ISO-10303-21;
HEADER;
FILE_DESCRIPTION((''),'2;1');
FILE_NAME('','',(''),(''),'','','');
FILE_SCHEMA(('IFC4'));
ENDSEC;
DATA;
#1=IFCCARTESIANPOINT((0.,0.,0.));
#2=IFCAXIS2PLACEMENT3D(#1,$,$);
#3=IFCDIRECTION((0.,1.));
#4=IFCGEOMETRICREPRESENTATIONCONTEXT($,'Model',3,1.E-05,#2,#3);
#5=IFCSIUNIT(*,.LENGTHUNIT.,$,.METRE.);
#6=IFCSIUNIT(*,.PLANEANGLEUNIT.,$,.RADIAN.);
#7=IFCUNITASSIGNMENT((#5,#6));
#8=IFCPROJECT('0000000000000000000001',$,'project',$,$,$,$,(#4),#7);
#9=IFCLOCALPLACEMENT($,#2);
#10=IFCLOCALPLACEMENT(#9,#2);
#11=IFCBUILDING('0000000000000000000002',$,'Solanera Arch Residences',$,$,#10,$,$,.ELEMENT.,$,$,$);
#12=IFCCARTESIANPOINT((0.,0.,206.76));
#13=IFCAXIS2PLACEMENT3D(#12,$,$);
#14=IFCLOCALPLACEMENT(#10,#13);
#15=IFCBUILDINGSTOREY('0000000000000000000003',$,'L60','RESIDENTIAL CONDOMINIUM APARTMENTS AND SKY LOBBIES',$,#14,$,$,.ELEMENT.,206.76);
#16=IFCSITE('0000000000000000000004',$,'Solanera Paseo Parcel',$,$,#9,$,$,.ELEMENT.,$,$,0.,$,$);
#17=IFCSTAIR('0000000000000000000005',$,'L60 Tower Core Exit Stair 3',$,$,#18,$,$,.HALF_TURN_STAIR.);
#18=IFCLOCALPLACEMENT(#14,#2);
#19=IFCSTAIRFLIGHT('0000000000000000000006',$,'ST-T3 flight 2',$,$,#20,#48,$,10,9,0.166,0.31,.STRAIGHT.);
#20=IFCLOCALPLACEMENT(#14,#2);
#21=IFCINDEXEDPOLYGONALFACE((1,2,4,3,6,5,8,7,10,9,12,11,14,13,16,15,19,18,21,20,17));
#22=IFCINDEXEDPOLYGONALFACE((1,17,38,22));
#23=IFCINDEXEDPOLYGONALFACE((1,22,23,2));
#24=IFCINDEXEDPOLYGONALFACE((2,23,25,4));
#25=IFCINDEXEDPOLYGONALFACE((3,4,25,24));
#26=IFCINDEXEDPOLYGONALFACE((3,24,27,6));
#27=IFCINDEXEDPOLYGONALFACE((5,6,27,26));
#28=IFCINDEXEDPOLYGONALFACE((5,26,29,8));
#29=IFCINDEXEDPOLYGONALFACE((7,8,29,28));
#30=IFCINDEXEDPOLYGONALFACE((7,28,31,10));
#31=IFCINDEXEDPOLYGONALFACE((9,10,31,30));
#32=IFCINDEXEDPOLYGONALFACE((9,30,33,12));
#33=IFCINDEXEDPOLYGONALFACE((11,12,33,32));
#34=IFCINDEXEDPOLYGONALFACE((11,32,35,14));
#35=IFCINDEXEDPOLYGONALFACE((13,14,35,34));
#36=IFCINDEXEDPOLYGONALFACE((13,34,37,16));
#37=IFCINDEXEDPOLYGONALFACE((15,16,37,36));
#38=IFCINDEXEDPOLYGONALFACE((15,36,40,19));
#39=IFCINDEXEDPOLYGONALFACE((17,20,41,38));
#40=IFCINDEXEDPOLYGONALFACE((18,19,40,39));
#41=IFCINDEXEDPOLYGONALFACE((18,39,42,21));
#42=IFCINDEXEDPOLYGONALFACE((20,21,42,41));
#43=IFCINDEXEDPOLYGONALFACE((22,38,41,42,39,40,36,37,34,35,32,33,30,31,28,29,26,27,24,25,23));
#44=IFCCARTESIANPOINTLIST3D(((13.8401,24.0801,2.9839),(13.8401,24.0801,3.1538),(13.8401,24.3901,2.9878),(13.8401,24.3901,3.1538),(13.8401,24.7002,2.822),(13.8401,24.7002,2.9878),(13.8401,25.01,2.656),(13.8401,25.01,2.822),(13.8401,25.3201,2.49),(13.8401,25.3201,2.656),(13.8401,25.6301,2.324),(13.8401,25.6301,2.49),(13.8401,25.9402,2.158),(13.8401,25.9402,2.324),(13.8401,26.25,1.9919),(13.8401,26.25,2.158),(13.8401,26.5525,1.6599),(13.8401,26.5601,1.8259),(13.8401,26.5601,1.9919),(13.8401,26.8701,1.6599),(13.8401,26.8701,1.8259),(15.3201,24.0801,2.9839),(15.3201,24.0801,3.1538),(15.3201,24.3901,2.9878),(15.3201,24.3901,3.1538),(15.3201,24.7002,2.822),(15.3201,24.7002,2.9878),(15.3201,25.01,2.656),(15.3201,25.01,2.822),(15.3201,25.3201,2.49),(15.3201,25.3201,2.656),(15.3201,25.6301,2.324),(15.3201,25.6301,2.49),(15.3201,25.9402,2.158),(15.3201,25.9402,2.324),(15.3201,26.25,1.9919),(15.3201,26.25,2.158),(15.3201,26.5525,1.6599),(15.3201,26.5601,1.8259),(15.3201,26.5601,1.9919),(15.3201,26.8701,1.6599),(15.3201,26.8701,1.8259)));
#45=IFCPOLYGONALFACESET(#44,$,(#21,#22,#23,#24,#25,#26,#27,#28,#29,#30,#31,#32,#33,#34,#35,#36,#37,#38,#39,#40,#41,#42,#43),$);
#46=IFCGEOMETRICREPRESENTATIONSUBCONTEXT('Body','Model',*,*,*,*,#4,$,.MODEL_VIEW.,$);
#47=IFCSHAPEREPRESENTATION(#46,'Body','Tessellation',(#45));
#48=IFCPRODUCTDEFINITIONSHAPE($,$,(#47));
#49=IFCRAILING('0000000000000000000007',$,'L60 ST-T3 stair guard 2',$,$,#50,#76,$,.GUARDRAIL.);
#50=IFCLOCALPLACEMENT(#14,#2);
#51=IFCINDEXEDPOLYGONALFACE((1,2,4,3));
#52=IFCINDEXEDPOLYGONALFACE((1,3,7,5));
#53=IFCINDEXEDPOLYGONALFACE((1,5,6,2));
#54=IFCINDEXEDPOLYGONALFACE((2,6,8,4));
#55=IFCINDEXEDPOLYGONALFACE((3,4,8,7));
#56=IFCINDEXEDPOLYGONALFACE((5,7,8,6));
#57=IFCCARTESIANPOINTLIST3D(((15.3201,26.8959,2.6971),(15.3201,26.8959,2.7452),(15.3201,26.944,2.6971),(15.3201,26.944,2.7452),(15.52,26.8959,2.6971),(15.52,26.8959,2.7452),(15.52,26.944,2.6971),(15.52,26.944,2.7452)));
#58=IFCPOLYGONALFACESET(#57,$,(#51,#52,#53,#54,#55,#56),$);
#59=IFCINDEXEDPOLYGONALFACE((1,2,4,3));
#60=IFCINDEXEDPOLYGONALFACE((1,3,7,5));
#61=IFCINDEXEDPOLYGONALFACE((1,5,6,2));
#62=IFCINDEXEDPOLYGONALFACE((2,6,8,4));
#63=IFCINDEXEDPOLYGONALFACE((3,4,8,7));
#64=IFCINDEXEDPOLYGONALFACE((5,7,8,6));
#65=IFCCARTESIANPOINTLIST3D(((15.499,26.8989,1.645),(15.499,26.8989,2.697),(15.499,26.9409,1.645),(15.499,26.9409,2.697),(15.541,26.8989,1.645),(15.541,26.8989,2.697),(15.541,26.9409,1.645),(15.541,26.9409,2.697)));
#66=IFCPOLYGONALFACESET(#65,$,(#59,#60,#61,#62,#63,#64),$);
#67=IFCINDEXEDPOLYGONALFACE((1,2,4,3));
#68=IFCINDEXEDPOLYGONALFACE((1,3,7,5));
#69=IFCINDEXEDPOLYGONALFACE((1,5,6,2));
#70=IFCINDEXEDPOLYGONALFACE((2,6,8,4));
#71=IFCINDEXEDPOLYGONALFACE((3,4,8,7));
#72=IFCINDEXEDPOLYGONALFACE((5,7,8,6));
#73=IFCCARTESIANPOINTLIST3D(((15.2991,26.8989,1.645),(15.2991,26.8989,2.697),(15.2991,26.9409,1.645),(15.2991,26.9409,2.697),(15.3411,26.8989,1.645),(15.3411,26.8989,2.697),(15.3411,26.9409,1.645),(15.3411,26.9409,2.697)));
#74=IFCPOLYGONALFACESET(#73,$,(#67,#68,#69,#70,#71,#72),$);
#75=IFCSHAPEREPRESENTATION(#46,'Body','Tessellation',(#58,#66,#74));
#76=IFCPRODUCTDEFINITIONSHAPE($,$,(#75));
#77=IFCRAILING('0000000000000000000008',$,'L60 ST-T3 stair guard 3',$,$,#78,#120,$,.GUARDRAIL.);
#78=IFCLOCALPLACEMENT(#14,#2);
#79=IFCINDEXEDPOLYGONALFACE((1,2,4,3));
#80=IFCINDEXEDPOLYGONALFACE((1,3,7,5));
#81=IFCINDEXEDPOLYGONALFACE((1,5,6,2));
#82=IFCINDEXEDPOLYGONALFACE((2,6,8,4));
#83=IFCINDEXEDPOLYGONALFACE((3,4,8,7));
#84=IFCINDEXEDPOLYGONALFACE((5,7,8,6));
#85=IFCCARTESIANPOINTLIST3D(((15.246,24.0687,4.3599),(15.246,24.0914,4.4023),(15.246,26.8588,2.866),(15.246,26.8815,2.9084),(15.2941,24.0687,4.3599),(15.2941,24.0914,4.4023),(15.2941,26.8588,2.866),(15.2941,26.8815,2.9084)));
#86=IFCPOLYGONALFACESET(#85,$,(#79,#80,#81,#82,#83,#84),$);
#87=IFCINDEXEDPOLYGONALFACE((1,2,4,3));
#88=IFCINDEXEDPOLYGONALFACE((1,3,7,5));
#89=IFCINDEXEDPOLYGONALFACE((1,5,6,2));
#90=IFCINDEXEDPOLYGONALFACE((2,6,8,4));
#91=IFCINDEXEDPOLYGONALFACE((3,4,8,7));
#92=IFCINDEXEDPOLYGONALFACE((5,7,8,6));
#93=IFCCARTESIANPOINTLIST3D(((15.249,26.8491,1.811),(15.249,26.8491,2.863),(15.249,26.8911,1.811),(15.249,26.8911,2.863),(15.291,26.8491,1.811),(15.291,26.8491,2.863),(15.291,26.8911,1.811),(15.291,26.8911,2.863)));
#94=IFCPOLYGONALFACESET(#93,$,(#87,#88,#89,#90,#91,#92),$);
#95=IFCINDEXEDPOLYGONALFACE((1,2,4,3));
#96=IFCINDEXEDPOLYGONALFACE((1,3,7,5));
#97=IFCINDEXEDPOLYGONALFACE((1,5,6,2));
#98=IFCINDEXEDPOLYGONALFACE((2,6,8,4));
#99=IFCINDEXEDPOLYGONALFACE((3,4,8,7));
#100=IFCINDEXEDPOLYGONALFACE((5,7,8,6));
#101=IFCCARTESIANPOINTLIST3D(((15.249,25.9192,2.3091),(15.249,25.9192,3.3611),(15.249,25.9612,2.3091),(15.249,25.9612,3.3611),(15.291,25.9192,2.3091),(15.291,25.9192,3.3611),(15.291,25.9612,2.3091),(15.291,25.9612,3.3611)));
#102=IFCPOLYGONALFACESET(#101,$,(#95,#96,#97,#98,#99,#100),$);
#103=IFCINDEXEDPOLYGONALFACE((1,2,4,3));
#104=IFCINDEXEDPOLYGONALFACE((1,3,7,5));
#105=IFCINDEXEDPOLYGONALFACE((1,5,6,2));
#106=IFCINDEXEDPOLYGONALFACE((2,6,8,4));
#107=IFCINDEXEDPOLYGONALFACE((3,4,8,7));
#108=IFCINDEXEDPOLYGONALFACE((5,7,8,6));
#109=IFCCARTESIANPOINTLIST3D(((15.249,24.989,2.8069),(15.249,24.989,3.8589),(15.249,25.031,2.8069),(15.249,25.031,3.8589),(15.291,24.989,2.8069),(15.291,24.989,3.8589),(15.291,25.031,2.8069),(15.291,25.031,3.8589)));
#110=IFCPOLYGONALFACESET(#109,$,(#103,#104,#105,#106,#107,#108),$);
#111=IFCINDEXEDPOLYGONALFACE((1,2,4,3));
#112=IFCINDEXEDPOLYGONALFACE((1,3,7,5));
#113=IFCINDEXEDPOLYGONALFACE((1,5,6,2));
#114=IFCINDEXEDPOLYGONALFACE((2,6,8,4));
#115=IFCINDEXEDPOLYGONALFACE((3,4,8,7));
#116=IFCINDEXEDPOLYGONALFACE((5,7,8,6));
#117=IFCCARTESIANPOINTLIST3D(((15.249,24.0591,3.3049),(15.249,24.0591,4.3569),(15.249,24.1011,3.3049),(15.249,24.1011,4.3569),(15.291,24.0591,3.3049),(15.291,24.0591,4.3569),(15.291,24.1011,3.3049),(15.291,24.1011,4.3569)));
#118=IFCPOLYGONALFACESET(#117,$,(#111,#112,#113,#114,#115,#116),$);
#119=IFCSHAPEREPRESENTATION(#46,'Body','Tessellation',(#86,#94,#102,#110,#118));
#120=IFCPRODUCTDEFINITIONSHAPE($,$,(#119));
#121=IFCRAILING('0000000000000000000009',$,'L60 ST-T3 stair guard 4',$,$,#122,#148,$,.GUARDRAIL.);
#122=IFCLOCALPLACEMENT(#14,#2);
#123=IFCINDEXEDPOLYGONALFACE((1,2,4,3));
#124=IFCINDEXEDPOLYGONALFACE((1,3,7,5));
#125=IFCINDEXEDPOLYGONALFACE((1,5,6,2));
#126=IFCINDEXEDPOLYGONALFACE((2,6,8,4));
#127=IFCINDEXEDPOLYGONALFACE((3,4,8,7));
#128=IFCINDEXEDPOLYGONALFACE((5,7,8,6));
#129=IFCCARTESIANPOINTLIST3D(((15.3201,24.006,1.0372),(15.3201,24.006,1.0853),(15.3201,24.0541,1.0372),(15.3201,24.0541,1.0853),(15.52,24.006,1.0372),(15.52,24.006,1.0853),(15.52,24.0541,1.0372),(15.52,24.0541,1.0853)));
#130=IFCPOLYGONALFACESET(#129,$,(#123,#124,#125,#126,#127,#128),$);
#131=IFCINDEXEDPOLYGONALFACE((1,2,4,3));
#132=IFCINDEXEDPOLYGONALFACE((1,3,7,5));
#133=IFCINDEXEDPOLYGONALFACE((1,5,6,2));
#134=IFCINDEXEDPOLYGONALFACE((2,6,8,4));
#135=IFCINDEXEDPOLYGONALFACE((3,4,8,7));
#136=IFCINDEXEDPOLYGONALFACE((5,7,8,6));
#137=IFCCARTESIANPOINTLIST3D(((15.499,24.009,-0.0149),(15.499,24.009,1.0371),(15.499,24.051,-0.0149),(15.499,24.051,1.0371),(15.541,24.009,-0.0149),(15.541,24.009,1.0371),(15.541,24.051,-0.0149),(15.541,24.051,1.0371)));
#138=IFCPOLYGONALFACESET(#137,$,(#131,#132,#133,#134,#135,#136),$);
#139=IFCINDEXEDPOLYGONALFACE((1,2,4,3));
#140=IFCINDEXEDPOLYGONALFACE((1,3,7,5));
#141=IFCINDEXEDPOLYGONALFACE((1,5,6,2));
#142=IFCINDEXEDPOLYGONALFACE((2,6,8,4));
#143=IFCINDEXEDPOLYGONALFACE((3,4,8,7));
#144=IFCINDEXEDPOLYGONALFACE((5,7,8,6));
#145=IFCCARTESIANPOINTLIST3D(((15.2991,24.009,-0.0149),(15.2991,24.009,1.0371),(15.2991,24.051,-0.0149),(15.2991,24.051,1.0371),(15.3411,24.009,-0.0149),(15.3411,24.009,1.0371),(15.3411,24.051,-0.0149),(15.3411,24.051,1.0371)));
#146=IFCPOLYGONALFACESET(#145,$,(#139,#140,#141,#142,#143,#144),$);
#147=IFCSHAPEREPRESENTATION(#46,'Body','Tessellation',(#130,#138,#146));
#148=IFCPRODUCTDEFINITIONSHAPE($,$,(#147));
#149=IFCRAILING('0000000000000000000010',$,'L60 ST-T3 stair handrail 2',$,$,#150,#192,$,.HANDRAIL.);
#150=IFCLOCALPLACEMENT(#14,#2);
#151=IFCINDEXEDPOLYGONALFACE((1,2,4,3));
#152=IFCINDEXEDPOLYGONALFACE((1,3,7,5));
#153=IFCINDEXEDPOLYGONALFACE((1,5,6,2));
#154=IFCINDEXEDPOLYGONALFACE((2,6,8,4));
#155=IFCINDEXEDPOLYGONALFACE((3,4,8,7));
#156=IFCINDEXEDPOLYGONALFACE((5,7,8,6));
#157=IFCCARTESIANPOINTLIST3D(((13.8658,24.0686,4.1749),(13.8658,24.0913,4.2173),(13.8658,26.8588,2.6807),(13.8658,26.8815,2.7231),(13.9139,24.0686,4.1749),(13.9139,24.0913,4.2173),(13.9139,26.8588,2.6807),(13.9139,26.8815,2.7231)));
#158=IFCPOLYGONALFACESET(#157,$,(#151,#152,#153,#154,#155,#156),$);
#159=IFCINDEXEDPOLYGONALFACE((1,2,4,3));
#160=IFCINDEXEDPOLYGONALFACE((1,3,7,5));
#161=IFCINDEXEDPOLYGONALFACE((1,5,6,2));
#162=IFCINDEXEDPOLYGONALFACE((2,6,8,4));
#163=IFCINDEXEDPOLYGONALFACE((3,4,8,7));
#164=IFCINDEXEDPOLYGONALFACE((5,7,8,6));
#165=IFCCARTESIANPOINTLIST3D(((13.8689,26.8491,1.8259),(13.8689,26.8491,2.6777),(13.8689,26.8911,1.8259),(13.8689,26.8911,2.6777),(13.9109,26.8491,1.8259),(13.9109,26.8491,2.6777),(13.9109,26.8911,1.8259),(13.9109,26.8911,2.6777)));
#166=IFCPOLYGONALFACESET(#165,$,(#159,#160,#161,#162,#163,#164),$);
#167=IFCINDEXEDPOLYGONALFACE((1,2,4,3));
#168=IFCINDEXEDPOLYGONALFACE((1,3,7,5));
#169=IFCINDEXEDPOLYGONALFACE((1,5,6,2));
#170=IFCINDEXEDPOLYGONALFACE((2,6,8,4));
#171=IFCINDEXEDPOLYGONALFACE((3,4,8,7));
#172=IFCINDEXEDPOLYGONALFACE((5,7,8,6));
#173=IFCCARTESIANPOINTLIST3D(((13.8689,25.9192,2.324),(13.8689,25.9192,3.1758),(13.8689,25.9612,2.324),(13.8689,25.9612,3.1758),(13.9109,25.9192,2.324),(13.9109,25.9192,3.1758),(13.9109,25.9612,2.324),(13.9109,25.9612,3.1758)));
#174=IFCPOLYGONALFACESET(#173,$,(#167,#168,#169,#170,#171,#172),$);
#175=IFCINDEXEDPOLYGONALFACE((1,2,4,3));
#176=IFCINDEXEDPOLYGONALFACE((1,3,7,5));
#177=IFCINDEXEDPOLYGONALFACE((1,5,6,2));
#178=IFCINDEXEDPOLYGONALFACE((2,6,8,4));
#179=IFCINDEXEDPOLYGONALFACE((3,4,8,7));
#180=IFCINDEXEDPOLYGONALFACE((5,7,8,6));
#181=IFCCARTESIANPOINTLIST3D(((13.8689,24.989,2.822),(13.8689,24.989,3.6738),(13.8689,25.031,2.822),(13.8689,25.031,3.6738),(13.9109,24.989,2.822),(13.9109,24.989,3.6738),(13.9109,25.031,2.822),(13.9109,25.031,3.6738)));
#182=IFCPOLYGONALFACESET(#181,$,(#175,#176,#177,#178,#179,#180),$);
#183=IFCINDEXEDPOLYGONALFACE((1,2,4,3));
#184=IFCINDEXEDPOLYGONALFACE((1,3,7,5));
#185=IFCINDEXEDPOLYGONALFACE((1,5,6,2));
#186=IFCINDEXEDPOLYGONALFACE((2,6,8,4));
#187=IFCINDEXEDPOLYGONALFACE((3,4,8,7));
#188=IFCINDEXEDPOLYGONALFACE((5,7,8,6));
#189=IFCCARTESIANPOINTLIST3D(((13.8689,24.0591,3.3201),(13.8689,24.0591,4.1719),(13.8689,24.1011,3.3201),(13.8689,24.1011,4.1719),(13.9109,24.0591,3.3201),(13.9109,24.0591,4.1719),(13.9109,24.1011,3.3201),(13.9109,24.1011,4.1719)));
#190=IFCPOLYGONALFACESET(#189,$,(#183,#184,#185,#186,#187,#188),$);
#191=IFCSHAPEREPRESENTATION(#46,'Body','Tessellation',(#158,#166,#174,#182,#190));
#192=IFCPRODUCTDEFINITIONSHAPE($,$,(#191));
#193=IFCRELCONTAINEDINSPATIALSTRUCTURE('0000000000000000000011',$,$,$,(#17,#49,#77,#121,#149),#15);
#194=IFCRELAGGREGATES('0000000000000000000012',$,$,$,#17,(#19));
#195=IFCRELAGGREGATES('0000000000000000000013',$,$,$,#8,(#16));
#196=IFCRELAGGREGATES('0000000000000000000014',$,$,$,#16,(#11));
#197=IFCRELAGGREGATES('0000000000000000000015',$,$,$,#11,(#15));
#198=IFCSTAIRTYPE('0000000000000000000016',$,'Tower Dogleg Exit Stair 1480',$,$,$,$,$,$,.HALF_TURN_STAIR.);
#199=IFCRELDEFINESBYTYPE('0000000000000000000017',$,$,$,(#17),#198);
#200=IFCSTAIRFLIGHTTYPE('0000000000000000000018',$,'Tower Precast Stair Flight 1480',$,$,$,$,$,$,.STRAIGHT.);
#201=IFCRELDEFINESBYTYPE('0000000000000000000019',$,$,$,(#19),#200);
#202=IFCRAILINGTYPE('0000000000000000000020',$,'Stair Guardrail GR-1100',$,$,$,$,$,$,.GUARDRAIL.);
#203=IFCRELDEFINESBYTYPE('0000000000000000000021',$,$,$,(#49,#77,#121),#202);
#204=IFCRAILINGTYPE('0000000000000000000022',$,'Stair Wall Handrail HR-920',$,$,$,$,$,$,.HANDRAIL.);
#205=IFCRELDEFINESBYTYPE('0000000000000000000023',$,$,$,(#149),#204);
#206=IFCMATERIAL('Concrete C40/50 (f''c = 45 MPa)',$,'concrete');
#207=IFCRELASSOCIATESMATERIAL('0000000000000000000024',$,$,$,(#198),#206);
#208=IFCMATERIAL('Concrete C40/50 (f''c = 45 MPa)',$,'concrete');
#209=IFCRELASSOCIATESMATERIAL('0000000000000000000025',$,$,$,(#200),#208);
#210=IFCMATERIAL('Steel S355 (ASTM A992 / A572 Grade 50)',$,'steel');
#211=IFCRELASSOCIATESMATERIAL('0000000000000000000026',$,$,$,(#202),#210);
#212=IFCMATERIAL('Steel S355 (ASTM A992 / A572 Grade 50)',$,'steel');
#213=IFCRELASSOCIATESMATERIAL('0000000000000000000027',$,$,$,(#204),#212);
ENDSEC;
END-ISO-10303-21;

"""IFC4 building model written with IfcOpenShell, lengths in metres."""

from ifc_helpers import new_model, si_unit, direction, frame, origin, origin_2d, place, context, subcontext, project, spatial, polyline, rectangle, outline, extrude, material, type_object, element, aggregate, save


model = new_model("IFC4")

# Units and contexts
model_context = context("Model", 3, precision=1e-05, world=origin(), true_north=direction((0.0, 1.0)))
body_context = subcontext(model_context, "Body", "Model", "MODEL_VIEW")
ifc_project = project(units=[si_unit("LENGTHUNIT", "METRE"), si_unit("PLANEANGLEUNIT", "RADIAN")], contexts=[model_context])

# Site, building, storey
site_placement = place(None, origin())
site = spatial("IfcSite", under=ifc_project, at=site_placement, Name="Solanera Paseo Parcel", CompositionType="ELEMENT", RefElevation=0.0)
building_placement = place(site_placement, origin())
building = spatial("IfcBuilding", under=site, at=building_placement, Name="Solanera Arch Residences", CompositionType="ELEMENT")
storey_placement = place(building_placement, frame((0.0, 0.0, 206.76)))
storey = spatial("IfcBuildingStorey", under=building, at=storey_placement, Name="L60", Description="RESIDENTIAL CONDOMINIUM APARTMENTS AND SKY LOBBIES", CompositionType="ELEMENT", Elevation=206.76)

# Stair, stair flight
ifc_material_1 = material(Name="Concrete C40/50 (f'c = 45 MPa)", Category="concrete")
stair_type = type_object("IfcStairType", Name="Tower Dogleg Exit Stair 1480", PredefinedType="HALF_TURN_STAIR", material=ifc_material_1)
stair_placement = place(storey_placement, origin())
stair = element("IfcStair", 1, at=stair_placement, inside=storey, type_object=stair_type, Name="L60 Tower Core Exit Stair 3", PredefinedType="HALF_TURN_STAIR")
ifc_material_2 = material(Name="Concrete C40/50 (f'c = 45 MPa)", Category="concrete")
stair_flight_type = type_object("IfcStairFlightType", Name="Tower Precast Stair Flight 1480", PredefinedType="STRAIGHT", material=ifc_material_2)
stair_flight_placement = place(storey_placement, frame((14.5801, 26.8701, 1.6599), z_axis=(0.0, 0.0, 1.0), x_axis=(0.0, -1.0, 0.0)))
stair_flight = element("IfcStairFlight", 2, at=stair_flight_placement, type_object=stair_flight_type, Name="ST-T3 flight 2", NumberOfRisers=10, NumberOfTreads=9, PredefinedType="STRAIGHT", RiserHeight=0.166, TreadLength=0.31, context=body_context, shape_type="SweptSolid", body=[
    extrude(outline(polyline([(0.0, 0.0), (0.0, 0.166), (0.3101, 0.166), (0.3101, 0.332), (0.6201, 0.332), (0.6201, 0.498), (0.9299, 0.498), (0.9299, 0.6641), (1.24, 0.6641), (1.24, 0.8301), (1.55, 0.8301), (1.55, 0.9961), (1.8601, 0.9961), (1.8601, 1.1621), (2.1699, 1.1621), (2.1699, 1.3279), (2.48, 1.3279), (2.48, 1.4939), (2.79, 1.4939), (2.79, 1.6599), (2.79, 1.324), (0.3176, 0.0), (0.0, 0.0)])), frame((0.0, 0.74, 0.0), z_axis=(0.0, -1.0, 0.0), x_axis=(1.0, 0.0, 0.0)), (0.0, 0.0, 1.0), 1.48),
])
aggregate(stair, [stair_flight])

# Railings
ifc_material_3 = material(Name="Steel S355 (ASTM A992 / A572 Grade 50)", Category="steel")
railing_type_1 = type_object("IfcRailingType", Name="Stair Guardrail GR-1100", PredefinedType="GUARDRAIL", material=ifc_material_3)
railing_1_placement = place(storey_placement, frame((15.52, 26.9199, 1.645)))
element("IfcRailing", 3, at=railing_1_placement, inside=storey, type_object=railing_type_1, Name="L60 ST-T3 stair guard 2", PredefinedType="GUARDRAIL", context=body_context, shape_type="SweptSolid", body=[
    extrude(rectangle(XDim=0.0481, YDim=0.0481, at=origin_2d()), frame((0.0, 0.0, 1.0762), z_axis=(-1.0, 0.0, 0.0), x_axis=(0.0, -1.0, 0.0)), (0.0, 0.0, 1.0), 0.2),
    extrude(rectangle(XDim=0.042, YDim=0.042, at=origin_2d()), origin(), (0.0, 0.0, 1.0), 1.052),
    extrude(rectangle(XDim=0.042, YDim=0.042, at=origin_2d()), frame((-0.2, 0.0, 0.0)), (0.0, 0.0, 1.0), 1.052),
])
railing_2_placement = place(storey_placement, frame((15.27, 26.8701, 1.811)))
element("IfcRailing", 4, at=railing_2_placement, inside=storey, type_object=railing_type_1, Name="L60 ST-T3 stair guard 3", PredefinedType="GUARDRAIL", context=body_context, shape_type="SweptSolid", body=[
    extrude(rectangle(XDim=0.0481, YDim=0.0481, at=origin_2d()), frame((0.0, 0.0, 1.0762), z_axis=(0.0, -0.881581, 0.472033), x_axis=(1.0, 0.0, 0.0)), (0.0, 0.0, 1.0), 3.1648),
    extrude(rectangle(XDim=0.042, YDim=0.042, at=origin_2d()), origin(), (0.0, 0.0, 1.0), 1.052),
    extrude(rectangle(XDim=0.042, YDim=0.042, at=origin_2d()), frame((0.0, -0.9299, 0.498)), (0.0, 0.0, 1.0), 1.052),
    extrude(rectangle(XDim=0.042, YDim=0.042, at=origin_2d()), frame((0.0, -1.8601, 0.9958)), (0.0, 0.0, 1.0), 1.052),
    extrude(rectangle(XDim=0.042, YDim=0.042, at=origin_2d()), frame((0.0, -2.79, 1.4939)), (0.0, 0.0, 1.0), 1.052),
])
railing_3_placement = place(storey_placement, frame((15.52, 24.03, -0.0149)))
element("IfcRailing", 5, at=railing_3_placement, inside=storey, type_object=railing_type_1, Name="L60 ST-T3 stair guard 4", PredefinedType="GUARDRAIL", context=body_context, shape_type="SweptSolid", body=[
    extrude(rectangle(XDim=0.0481, YDim=0.0481, at=origin_2d()), frame((0.0, 0.0, 1.0762), z_axis=(-1.0, 0.0, 0.0), x_axis=(0.0, -1.0, 0.0)), (0.0, 0.0, 1.0), 0.2),
    extrude(rectangle(XDim=0.042, YDim=0.042, at=origin_2d()), origin(), (0.0, 0.0, 1.0), 1.052),
    extrude(rectangle(XDim=0.042, YDim=0.042, at=origin_2d()), frame((-0.2, 0.0, 0.0)), (0.0, 0.0, 1.0), 1.052),
])
ifc_material_4 = material(Name="Steel S355 (ASTM A992 / A572 Grade 50)", Category="steel")
railing_type_2 = type_object("IfcRailingType", Name="Stair Wall Handrail HR-920", PredefinedType="HANDRAIL", material=ifc_material_4)
railing_4_placement = place(storey_placement, frame((13.8899, 26.8701, 1.8259)))
element("IfcRailing", 6, at=railing_4_placement, inside=storey, type_object=railing_type_2, Name="L60 ST-T3 stair handrail 2", PredefinedType="HANDRAIL", context=body_context, shape_type="SweptSolid", body=[
    extrude(rectangle(XDim=0.0481, YDim=0.0481, at=origin_2d()), frame((0.0, 0.0, 0.876), z_axis=(0.0, -0.881549, 0.472093), x_axis=(1.0, 0.0, 0.0)), (0.0, 0.0, 1.0), 3.165),
    extrude(rectangle(XDim=0.042, YDim=0.042, at=origin_2d()), origin(), (0.0, 0.0, 1.0), 0.8518),
    extrude(rectangle(XDim=0.042, YDim=0.042, at=origin_2d()), frame((0.0, -0.9299, 0.498)), (0.0, 0.0, 1.0), 0.8518),
    extrude(rectangle(XDim=0.042, YDim=0.042, at=origin_2d()), frame((0.0, -1.8601, 0.9961)), (0.0, 0.0, 1.0), 0.8518),
    extrude(rectangle(XDim=0.042, YDim=0.042, at=origin_2d()), frame((0.0, -2.79, 1.4941)), (0.0, 0.0, 1.0), 0.8518),
])

save(model, "model.ifc")
